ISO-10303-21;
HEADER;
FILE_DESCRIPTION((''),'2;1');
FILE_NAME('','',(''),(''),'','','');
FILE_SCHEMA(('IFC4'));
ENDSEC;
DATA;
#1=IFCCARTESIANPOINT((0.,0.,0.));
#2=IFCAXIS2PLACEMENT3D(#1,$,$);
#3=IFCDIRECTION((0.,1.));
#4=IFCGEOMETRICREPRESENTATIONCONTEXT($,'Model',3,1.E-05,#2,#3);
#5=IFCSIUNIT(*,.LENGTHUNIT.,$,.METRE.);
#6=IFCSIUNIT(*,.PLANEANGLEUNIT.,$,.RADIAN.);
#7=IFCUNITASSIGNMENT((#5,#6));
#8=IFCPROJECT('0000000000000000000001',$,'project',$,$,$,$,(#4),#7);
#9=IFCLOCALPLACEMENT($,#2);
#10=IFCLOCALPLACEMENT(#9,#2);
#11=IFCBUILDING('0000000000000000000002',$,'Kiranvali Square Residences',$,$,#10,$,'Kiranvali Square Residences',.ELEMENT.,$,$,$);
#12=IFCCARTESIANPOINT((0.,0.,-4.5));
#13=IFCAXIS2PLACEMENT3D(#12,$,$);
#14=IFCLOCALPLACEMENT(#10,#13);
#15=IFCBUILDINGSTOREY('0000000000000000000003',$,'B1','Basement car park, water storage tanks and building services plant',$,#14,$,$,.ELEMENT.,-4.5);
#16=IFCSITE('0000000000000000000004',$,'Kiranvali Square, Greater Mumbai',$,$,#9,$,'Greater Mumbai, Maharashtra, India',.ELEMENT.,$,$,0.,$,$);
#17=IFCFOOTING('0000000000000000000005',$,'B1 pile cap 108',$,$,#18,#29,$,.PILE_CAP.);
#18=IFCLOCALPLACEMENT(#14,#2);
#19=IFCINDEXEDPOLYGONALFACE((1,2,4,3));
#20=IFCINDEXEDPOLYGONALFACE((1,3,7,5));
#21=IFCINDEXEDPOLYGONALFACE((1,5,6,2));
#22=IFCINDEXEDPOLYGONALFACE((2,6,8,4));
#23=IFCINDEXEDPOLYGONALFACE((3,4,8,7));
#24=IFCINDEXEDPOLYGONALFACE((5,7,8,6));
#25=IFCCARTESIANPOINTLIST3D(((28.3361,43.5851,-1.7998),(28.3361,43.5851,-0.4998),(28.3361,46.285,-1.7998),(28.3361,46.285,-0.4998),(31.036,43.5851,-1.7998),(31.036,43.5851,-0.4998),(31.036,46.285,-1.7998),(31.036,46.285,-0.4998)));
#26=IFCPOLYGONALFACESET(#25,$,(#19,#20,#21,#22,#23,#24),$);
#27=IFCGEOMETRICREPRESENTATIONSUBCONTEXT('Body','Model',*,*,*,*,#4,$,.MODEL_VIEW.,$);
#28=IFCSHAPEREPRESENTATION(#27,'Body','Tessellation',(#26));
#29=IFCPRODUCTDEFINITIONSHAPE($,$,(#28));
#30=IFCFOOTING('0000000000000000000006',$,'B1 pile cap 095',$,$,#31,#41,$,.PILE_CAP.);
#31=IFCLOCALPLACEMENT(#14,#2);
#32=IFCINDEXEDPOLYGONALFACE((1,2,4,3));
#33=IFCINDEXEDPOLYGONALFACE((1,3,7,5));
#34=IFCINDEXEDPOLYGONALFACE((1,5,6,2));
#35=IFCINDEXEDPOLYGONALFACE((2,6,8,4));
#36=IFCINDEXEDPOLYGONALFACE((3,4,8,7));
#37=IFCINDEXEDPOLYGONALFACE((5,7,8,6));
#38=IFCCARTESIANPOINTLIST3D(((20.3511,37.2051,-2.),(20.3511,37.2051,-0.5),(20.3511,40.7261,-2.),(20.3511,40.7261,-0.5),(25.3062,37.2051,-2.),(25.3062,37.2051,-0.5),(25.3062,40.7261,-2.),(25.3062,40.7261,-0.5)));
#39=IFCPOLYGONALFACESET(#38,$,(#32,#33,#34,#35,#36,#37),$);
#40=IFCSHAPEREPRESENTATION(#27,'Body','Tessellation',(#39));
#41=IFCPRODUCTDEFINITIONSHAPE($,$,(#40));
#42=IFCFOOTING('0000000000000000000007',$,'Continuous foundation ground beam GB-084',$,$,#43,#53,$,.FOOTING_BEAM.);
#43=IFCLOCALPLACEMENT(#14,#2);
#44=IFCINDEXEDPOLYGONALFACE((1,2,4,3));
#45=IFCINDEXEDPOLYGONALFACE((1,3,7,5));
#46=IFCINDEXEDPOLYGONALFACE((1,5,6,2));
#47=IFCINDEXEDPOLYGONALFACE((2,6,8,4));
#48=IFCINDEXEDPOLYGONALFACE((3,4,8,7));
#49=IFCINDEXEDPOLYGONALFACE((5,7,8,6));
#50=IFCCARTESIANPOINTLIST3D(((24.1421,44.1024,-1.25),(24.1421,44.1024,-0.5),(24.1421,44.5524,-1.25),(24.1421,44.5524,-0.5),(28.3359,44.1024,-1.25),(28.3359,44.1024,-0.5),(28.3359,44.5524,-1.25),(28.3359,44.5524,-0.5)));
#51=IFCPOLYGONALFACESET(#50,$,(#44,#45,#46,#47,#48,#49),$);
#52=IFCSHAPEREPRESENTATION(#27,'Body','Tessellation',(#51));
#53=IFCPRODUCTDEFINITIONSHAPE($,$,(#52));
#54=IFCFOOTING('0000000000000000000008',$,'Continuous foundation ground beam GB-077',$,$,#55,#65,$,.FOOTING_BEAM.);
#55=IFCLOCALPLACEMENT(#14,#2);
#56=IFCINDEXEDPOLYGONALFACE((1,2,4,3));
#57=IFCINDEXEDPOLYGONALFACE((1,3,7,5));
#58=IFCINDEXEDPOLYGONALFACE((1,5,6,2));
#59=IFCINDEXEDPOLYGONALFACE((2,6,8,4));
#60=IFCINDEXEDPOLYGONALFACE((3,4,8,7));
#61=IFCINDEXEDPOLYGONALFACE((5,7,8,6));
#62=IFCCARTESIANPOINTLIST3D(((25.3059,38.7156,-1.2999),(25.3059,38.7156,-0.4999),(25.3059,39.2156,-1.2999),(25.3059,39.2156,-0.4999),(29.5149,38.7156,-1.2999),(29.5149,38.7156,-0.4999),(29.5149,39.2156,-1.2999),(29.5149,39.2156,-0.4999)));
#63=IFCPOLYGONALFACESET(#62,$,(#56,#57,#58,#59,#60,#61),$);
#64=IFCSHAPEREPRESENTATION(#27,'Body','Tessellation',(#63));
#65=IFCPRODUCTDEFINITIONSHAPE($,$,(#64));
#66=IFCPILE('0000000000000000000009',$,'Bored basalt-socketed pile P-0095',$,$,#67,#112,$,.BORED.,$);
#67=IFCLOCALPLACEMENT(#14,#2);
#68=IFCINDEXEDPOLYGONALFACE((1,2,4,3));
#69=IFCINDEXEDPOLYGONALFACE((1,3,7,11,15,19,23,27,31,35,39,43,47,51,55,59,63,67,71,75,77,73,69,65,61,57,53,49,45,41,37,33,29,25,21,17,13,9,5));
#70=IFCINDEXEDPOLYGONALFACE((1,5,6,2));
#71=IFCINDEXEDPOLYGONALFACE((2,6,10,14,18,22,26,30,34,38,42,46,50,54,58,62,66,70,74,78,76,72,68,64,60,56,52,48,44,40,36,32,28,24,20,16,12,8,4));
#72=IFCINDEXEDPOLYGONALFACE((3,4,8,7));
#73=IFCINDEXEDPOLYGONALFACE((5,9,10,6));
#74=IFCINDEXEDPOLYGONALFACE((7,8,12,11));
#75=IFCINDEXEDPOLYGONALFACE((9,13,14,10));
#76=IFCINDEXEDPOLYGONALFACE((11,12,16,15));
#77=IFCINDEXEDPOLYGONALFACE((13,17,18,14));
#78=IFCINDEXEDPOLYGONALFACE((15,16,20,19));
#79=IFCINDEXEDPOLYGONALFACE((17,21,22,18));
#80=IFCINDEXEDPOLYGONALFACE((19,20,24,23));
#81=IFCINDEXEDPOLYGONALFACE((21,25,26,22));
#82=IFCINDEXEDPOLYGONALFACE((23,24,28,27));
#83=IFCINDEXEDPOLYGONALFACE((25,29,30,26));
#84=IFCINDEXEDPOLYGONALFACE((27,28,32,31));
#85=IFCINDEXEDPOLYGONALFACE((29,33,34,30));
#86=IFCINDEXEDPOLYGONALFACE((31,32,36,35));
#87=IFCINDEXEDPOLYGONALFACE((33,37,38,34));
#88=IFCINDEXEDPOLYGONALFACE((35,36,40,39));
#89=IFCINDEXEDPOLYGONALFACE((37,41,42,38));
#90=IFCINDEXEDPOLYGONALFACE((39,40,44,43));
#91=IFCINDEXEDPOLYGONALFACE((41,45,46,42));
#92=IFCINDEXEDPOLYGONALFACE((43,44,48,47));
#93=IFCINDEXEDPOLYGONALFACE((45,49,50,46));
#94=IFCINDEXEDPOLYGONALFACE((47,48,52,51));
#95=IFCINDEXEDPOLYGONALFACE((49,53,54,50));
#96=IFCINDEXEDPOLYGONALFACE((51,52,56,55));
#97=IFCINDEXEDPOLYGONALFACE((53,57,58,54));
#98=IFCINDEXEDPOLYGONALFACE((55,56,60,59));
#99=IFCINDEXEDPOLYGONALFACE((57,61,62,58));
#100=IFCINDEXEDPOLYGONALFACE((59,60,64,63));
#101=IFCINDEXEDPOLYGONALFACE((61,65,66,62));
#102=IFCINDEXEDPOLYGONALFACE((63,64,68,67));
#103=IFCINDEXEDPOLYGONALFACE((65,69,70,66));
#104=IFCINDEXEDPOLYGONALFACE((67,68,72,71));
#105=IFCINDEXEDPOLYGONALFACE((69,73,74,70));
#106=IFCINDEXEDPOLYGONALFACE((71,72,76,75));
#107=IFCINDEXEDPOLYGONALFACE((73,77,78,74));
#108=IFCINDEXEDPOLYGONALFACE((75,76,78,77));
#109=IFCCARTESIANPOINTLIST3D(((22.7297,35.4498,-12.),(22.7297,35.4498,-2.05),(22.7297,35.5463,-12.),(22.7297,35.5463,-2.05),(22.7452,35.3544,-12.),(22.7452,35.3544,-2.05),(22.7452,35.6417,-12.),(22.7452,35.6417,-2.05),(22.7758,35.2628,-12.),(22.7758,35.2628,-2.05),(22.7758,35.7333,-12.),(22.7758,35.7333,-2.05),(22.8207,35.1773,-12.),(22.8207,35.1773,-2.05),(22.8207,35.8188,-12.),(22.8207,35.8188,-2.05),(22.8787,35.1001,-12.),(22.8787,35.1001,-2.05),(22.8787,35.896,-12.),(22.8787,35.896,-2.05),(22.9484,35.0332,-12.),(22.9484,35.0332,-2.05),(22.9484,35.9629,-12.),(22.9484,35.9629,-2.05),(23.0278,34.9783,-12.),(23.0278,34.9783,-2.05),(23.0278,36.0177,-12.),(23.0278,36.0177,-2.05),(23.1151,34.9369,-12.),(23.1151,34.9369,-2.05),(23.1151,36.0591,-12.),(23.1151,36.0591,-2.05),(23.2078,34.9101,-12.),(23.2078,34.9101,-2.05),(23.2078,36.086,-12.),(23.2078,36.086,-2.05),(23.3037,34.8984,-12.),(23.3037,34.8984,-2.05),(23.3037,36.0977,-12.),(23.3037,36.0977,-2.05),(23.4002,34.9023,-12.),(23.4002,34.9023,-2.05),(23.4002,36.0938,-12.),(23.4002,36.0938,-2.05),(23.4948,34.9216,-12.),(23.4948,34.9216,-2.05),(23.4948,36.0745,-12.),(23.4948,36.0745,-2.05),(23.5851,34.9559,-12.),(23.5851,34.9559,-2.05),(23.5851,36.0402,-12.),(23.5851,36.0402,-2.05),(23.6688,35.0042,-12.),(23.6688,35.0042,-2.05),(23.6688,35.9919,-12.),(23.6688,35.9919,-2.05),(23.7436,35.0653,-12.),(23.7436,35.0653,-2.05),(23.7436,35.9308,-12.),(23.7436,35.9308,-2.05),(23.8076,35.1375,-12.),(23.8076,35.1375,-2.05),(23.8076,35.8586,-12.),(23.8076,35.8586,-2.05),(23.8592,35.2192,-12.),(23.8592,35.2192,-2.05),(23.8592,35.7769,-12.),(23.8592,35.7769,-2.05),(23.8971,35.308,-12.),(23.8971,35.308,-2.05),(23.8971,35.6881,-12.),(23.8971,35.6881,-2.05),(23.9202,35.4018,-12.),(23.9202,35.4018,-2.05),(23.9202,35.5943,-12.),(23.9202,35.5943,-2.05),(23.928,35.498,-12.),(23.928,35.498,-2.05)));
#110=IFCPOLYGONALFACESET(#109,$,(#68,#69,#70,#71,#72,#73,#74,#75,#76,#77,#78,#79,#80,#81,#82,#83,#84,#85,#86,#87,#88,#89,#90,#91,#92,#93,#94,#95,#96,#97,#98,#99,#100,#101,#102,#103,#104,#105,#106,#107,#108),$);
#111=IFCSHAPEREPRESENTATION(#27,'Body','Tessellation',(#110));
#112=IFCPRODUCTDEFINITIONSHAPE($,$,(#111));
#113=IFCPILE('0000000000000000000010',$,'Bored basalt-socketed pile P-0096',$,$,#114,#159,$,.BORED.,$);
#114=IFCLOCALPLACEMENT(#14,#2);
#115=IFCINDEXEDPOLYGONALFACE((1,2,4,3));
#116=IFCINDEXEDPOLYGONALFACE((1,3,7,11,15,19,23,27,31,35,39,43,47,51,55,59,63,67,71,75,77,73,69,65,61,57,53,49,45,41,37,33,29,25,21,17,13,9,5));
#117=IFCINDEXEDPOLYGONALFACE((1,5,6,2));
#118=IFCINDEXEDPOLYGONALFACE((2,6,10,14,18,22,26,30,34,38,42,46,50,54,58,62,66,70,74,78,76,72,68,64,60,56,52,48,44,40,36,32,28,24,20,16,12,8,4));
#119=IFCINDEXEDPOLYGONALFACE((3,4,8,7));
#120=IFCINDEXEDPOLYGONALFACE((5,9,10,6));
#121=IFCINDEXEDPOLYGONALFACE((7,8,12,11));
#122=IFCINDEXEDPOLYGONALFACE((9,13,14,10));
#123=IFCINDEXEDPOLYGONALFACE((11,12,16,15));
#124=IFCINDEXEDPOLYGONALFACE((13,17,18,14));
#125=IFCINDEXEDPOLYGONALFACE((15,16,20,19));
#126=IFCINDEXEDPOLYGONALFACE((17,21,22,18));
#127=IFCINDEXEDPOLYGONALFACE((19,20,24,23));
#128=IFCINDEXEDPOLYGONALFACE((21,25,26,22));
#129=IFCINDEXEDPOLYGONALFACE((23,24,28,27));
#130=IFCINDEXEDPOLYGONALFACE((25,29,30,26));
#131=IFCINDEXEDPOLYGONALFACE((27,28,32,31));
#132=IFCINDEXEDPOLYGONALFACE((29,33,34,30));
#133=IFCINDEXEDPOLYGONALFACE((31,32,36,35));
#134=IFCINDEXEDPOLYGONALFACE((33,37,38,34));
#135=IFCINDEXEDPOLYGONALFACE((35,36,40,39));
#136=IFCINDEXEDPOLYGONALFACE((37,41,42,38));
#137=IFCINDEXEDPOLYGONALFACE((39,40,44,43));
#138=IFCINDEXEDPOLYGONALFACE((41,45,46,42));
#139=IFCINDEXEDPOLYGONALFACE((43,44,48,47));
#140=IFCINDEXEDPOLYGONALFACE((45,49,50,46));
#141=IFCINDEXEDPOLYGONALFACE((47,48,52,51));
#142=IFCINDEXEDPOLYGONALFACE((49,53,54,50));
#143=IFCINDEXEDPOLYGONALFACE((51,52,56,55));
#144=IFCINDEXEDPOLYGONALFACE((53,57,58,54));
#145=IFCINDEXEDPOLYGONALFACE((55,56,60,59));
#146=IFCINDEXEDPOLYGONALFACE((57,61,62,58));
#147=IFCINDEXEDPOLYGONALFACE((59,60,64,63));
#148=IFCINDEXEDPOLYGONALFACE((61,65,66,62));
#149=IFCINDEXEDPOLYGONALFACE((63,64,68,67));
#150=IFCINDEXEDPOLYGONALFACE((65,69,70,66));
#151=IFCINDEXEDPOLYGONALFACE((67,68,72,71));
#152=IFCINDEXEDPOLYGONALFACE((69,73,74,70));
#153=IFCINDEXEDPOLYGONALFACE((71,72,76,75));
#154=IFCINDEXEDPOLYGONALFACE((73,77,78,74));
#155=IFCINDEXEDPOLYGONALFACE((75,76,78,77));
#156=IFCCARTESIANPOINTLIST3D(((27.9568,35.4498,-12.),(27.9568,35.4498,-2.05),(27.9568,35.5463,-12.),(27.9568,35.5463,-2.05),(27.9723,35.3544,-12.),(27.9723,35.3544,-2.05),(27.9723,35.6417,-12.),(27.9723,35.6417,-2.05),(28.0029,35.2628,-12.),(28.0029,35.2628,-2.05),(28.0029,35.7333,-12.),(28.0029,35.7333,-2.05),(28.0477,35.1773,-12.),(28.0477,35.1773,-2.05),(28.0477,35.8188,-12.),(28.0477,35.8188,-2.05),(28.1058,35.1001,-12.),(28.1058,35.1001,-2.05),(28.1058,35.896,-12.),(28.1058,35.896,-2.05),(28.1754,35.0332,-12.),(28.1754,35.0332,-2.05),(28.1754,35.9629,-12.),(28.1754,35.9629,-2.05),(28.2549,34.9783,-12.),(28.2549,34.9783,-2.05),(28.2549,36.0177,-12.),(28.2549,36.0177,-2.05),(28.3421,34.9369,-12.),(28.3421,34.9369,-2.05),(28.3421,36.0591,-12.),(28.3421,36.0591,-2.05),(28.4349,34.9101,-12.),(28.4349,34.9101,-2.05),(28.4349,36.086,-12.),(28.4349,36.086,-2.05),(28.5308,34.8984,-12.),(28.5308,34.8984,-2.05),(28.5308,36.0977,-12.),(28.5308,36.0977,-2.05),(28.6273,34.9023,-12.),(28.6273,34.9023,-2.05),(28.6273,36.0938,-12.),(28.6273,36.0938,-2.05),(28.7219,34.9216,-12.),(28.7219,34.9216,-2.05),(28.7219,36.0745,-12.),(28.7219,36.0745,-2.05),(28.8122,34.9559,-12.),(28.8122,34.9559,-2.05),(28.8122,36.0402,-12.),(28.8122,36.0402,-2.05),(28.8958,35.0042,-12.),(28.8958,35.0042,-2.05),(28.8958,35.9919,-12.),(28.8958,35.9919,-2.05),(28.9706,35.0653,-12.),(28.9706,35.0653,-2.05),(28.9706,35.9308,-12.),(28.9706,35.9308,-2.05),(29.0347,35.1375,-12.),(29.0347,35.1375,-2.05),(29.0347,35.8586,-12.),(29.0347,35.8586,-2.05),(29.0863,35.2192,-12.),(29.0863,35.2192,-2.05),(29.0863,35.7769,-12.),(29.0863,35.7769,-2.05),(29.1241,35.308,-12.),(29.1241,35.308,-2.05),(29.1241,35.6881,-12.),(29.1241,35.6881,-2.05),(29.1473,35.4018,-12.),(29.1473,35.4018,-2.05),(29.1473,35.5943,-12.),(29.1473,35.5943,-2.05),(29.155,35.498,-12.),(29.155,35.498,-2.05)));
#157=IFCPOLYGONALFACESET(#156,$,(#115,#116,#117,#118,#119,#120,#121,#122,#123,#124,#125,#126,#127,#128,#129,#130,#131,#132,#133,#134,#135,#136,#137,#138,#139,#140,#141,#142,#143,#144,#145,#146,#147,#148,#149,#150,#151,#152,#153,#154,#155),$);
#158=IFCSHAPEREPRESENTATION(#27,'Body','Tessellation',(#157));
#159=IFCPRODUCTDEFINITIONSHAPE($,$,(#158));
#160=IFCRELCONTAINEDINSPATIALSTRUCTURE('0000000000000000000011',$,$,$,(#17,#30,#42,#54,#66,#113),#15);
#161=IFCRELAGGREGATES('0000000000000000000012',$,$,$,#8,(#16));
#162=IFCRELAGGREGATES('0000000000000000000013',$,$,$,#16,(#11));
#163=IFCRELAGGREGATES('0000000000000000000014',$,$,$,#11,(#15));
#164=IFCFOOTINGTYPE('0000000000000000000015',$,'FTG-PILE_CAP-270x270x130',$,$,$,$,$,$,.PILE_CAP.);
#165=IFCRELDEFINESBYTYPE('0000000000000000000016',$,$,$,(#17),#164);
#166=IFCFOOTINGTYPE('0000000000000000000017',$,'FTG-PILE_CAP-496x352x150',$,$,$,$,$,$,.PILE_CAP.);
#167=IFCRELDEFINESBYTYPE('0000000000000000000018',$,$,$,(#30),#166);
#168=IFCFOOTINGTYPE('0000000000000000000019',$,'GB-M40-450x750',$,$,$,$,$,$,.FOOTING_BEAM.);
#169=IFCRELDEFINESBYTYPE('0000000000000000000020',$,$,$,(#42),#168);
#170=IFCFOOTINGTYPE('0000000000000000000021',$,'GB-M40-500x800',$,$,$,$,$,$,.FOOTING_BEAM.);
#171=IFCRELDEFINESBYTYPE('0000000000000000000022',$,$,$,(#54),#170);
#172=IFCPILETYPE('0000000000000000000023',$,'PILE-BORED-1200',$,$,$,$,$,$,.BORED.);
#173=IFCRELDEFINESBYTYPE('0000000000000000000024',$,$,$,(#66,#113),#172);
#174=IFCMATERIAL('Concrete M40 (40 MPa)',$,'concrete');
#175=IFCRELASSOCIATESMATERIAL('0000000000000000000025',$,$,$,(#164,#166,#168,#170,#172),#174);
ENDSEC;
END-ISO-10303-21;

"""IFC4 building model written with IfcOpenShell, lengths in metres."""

from ifc_helpers import new_model, si_unit, direction, frame, origin, origin_2d, place, context, subcontext, project, spatial, rectangle, circle, extrude, material, material_profile, profile_set, type_object, element, save


model = new_model("IFC4")

# Units and contexts
model_context = context("Model", 3, precision=1e-05, world=origin(), true_north=direction((0.0, 1.0)))
body_context = subcontext(model_context, "Body", "Model", "MODEL_VIEW")
ifc_project = project(units=[si_unit("LENGTHUNIT", "METRE"), si_unit("PLANEANGLEUNIT", "RADIAN")], contexts=[model_context])

# Site, building, storey
site_placement = place(None, origin())
site = spatial("IfcSite", under=ifc_project, at=site_placement, Name="Kiranvali Square, Greater Mumbai", LongName="Greater Mumbai, Maharashtra, India", CompositionType="ELEMENT", RefElevation=0.0)
building_placement = place(site_placement, origin())
building = spatial("IfcBuilding", under=site, at=building_placement, Name="Kiranvali Square Residences", LongName="Kiranvali Square Residences", CompositionType="ELEMENT")
storey_placement = place(building_placement, frame((0.0, 0.0, -4.5)))
storey = spatial("IfcBuildingStorey", under=building, at=storey_placement, Name="B1", Description="Basement car park, water storage tanks and building services plant", CompositionType="ELEMENT", Elevation=-4.5)

# Footings
ifc_material_1 = material(Name="Concrete M40 (40 MPa)", Category="concrete")
footing_type_1 = type_object("IfcFootingType", Name="FTG-PILE_CAP-270x270x130", PredefinedType="PILE_CAP", material=ifc_material_1)
footing_1_placement = place(storey_placement, frame((29.686, 44.9351, -1.7998), z_axis=(0.0, 0.0, 1.0), x_axis=(1.0, 0.0, 0.0)))
element("IfcFooting", 1, at=footing_1_placement, inside=storey, type_object=footing_type_1, Name="B1 pile cap 108", PredefinedType="PILE_CAP", context=body_context, shape_type="SweptSolid", body=[
    extrude(rectangle(XDim=2.7, YDim=2.7, at=origin_2d()), origin(), (0.0, 0.0, 1.0), 1.3),
])
footing_type_2 = type_object("IfcFootingType", Name="FTG-PILE_CAP-496x352x150", PredefinedType="PILE_CAP", material=ifc_material_1)
footing_2_placement = place(storey_placement, frame((22.8286, 38.9656, -2.0), z_axis=(0.0, 0.0, 1.0), x_axis=(1.0, 0.0, 0.0)))
element("IfcFooting", 2, at=footing_2_placement, inside=storey, type_object=footing_type_2, Name="B1 pile cap 095", PredefinedType="PILE_CAP", context=body_context, shape_type="SweptSolid", body=[
    extrude(rectangle(XDim=4.9551, YDim=3.521, at=origin_2d()), origin(), (0.0, 0.0, 1.0), 1.5),
])
ifc_material_profile_1 = material_profile(ifc_material_1, rectangle(XDim=0.45, YDim=0.75, at=origin_2d()), Name="GB 450x750")
ifc_profile_set_1 = profile_set([ifc_material_profile_1], Name="Concrete M40 (40 MPa)")
footing_type_3 = type_object("IfcFootingType", Name="GB-M40-450x750", PredefinedType="FOOTING_BEAM", material=ifc_profile_set_1)
footing_3_placement = place(storey_placement, frame((24.1421, 44.3274, -0.875), z_axis=(1.0, 0.0, 0.0), x_axis=(0.0, 1.0, 0.0)))
element("IfcFooting", 3, at=footing_3_placement, inside=storey, type_object=footing_type_3, Name="Continuous foundation ground beam GB-084", PredefinedType="FOOTING_BEAM", context=body_context, shape_type="SweptSolid", body=[
    extrude(rectangle(XDim=0.45, YDim=0.75, at=origin_2d()), origin(), (0.0, 0.0, 1.0), 4.1938),
])
ifc_material_profile_2 = material_profile(ifc_material_1, rectangle(XDim=0.5, YDim=0.8, at=origin_2d()), Name="GB 500x800")
ifc_profile_set_2 = profile_set([ifc_material_profile_2], Name="Concrete M40 (40 MPa)")
footing_type_4 = type_object("IfcFootingType", Name="GB-M40-500x800", PredefinedType="FOOTING_BEAM", material=ifc_profile_set_2)
footing_4_placement = place(storey_placement, frame((25.3059, 38.9656, -0.8999), z_axis=(1.0, 0.0, 0.0), x_axis=(0.0, 1.0, 0.0)))
element("IfcFooting", 4, at=footing_4_placement, inside=storey, type_object=footing_type_4, Name="Continuous foundation ground beam GB-077", PredefinedType="FOOTING_BEAM", context=body_context, shape_type="SweptSolid", body=[
    extrude(rectangle(XDim=0.5, YDim=0.8, at=origin_2d()), origin(), (0.0, 0.0, 1.0), 4.209),
])

# Piles
ifc_material_profile_3 = material_profile(ifc_material_1, circle(Radius=0.6001, at=origin_2d()), Name="BORED PILE 1200")
ifc_profile_set_3 = profile_set([ifc_material_profile_3], Name="Concrete M40 (40 MPa)")
pile_type = type_object("IfcPileType", Name="PILE-BORED-1200", PredefinedType="BORED", material=ifc_profile_set_3)
for number, where, z_axis, x_axis, name in (
    (5, (23.3279, 35.498, -2.05), (0.0, 0.0, -1.0), (1.0, 0.0, 0.0), "Bored basalt-socketed pile P-0095"),
    (6, (28.5549, 35.498, -2.05), (0.0, 0.0, -1.0), (1.0, 0.0, 0.0), "Bored basalt-socketed pile P-0096"),
):
    element("IfcPile", number, at=place(storey_placement, frame(where, z_axis=z_axis, x_axis=x_axis)), inside=storey, type_object=pile_type, Name=name, PredefinedType="BORED", context=body_context, shape_type="SweptSolid", body=[
        extrude(circle(Radius=0.6001, at=origin_2d()), origin(), (0.0, 0.0, 1.0), 9.95),
    ])

save(model, "model.ifc")
